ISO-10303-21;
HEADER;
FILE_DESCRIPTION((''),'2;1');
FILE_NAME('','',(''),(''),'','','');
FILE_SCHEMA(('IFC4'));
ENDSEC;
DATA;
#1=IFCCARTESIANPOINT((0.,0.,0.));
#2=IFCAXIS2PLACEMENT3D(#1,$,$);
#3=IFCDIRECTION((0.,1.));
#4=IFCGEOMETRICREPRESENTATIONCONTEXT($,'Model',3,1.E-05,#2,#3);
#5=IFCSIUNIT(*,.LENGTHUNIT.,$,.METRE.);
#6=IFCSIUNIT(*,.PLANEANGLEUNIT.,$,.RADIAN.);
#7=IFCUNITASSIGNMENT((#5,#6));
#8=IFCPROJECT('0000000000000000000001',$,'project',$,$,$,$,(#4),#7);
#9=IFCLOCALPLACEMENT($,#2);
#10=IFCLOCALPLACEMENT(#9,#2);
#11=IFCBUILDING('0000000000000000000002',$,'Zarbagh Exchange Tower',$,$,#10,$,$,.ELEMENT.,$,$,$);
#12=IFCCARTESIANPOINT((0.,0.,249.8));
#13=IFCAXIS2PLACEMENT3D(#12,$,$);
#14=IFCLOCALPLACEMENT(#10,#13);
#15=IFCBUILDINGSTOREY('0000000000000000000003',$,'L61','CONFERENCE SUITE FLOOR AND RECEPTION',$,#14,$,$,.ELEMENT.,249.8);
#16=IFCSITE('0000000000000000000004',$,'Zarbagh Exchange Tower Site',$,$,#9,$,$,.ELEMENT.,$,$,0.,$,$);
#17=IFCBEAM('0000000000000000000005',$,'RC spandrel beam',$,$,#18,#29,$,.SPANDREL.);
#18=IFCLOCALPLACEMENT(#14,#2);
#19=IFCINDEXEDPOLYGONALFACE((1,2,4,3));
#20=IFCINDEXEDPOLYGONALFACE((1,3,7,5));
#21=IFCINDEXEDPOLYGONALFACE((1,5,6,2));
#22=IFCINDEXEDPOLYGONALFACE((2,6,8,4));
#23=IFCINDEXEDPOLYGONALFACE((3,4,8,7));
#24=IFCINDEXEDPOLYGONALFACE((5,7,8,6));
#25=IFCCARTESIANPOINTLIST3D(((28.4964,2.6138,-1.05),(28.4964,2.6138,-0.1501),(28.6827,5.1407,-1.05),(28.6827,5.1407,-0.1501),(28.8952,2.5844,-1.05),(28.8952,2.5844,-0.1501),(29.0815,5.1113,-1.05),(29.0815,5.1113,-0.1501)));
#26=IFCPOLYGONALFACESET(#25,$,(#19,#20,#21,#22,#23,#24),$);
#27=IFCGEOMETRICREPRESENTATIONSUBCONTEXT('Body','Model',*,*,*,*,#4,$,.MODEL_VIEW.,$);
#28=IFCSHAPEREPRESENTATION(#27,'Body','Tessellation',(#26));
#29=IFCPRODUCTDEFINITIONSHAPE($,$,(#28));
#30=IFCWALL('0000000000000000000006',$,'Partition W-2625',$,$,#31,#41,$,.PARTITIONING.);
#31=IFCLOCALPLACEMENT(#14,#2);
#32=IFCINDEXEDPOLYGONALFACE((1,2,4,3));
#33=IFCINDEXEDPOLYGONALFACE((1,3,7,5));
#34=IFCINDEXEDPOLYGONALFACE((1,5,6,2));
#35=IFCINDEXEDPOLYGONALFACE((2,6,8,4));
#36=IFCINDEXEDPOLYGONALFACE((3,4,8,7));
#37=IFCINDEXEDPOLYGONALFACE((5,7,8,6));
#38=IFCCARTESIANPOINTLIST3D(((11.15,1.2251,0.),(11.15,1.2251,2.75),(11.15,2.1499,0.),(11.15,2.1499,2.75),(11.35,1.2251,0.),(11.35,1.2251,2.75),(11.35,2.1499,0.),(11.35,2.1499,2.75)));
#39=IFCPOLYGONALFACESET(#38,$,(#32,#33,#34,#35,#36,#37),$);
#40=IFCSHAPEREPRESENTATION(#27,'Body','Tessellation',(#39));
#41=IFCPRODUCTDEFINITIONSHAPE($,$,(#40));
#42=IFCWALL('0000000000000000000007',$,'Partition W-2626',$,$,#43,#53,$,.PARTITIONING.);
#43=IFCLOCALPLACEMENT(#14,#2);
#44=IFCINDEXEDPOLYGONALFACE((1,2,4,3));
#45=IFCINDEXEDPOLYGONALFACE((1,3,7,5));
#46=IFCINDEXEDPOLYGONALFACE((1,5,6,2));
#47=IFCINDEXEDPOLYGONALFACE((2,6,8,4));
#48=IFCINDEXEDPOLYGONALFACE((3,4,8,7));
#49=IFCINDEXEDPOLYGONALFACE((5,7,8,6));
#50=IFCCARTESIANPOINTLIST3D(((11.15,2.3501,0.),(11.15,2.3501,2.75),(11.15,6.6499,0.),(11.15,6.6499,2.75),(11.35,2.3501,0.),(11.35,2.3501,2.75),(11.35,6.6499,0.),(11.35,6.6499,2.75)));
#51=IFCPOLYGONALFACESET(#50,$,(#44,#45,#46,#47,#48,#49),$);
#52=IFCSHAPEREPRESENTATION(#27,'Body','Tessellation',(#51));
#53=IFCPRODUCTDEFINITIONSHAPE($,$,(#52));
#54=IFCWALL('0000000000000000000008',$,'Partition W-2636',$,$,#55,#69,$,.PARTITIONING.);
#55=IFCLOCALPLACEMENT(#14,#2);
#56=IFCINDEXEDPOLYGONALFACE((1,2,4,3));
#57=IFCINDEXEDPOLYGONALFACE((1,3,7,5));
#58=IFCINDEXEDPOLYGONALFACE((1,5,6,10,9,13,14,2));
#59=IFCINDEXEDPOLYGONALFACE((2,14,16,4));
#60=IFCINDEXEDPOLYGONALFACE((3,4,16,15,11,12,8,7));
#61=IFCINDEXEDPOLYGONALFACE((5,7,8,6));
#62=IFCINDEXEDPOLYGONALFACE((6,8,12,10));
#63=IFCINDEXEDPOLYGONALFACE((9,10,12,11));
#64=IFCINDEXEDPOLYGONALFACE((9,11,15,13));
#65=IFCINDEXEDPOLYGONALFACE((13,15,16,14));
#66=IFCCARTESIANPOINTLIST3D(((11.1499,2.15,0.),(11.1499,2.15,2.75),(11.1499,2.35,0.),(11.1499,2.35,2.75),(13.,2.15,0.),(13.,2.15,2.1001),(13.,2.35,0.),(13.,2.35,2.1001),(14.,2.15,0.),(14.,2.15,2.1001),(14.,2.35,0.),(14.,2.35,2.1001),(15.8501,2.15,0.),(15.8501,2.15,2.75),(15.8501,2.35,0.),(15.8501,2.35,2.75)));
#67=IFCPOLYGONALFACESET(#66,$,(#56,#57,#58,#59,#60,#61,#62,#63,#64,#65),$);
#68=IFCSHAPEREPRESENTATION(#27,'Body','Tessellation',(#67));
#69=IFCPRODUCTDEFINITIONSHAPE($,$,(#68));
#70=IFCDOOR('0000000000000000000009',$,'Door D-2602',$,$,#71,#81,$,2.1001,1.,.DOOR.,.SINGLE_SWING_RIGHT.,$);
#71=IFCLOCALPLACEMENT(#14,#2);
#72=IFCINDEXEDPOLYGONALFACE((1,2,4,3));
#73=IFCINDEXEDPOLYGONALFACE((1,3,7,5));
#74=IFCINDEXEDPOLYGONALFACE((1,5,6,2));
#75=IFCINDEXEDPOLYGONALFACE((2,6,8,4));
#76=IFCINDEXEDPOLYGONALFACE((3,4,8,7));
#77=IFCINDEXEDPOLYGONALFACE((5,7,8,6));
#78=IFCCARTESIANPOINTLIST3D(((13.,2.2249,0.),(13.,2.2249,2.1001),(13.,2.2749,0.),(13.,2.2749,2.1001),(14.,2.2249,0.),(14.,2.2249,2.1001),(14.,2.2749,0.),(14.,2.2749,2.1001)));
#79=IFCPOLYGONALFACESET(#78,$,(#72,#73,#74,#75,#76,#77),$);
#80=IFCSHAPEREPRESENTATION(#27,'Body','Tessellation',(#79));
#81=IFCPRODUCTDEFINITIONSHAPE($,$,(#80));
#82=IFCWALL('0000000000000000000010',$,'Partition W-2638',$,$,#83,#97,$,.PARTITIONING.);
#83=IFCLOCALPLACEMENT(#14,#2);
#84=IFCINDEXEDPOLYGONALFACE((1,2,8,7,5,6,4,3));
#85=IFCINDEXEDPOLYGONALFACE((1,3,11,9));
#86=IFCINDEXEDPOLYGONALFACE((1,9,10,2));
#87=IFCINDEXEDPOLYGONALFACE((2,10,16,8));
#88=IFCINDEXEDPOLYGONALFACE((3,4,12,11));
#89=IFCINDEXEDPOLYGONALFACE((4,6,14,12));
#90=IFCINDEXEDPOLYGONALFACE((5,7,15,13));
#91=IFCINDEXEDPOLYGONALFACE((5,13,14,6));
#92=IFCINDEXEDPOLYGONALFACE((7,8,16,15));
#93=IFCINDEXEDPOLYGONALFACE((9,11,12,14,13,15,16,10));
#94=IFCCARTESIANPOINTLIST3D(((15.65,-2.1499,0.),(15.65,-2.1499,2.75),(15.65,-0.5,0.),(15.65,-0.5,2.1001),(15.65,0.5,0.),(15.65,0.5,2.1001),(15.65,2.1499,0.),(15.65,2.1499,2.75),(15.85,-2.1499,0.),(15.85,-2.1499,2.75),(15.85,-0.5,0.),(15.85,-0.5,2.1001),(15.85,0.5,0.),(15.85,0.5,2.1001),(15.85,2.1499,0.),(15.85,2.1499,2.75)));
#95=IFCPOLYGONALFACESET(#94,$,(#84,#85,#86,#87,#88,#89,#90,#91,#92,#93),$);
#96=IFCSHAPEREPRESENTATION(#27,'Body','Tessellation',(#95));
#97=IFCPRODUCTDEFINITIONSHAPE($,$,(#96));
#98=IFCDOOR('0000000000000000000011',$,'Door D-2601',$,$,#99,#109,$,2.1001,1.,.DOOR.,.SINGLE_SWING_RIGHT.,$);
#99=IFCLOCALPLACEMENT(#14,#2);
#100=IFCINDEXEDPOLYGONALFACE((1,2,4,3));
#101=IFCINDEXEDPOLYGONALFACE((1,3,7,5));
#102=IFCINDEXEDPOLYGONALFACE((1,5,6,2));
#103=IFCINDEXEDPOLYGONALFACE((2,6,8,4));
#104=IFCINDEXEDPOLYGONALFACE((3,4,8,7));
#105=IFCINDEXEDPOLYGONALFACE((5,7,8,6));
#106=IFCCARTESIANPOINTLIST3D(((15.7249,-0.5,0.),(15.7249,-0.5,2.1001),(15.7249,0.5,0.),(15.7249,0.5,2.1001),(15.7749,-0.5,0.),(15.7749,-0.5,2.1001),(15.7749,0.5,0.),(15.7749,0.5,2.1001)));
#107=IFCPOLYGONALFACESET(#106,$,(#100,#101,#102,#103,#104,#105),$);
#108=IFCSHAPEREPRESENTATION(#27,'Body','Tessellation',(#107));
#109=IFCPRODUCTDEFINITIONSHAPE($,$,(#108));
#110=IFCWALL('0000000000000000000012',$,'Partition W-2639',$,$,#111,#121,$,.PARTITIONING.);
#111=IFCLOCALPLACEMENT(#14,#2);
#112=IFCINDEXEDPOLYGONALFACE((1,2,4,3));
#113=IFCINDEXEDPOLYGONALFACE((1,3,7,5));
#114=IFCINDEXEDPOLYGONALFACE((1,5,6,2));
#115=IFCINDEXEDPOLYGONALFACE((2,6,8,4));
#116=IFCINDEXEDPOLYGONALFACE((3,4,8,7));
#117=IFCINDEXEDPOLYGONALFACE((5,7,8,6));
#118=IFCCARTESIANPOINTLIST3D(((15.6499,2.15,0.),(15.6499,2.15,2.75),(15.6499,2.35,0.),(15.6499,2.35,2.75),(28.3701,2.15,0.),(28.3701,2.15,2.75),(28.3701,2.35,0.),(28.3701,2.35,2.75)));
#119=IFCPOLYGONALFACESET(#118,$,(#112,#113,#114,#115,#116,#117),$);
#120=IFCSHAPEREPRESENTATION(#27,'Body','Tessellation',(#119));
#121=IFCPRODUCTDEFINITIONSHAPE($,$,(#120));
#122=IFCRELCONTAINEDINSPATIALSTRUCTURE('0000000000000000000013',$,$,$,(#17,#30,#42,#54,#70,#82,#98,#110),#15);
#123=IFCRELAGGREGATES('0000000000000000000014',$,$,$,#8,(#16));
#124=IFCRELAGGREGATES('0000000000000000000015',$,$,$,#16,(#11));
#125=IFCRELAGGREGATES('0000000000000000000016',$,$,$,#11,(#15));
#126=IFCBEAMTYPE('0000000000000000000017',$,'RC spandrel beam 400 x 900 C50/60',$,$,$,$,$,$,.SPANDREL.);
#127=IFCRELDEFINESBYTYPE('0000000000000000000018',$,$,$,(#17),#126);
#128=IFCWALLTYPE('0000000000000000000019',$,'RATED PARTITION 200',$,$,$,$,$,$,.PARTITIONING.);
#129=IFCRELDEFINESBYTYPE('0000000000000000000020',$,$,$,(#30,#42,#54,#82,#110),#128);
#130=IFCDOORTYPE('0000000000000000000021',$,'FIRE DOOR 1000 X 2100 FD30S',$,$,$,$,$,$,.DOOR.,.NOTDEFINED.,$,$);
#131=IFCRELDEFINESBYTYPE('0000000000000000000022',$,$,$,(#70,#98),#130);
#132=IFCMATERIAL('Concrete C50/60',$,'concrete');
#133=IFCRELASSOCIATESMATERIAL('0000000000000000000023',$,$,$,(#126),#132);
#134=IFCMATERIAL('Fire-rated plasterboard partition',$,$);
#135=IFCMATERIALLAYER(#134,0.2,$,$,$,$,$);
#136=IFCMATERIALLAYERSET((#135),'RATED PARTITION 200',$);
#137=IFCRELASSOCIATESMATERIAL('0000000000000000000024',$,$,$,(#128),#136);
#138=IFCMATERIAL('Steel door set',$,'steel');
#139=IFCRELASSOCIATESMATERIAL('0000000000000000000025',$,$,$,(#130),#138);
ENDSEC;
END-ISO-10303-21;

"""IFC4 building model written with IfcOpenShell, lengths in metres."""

from ifc_helpers import new_model, si_unit, direction, frame, frame_2d, origin, origin_2d, place, context, subcontext, project, spatial, rectangle, extrude, material, layer, layer_set, material_profile, profile_set, type_object, element, fill, save


model = new_model("IFC4")

# Units and contexts
model_context = context("Model", 3, precision=1e-05, world=origin(), true_north=direction((0.0, 1.0)))
body_context = subcontext(model_context, "Body", "Model", "MODEL_VIEW")
ifc_project = project(units=[si_unit("LENGTHUNIT", "METRE"), si_unit("PLANEANGLEUNIT", "RADIAN")], contexts=[model_context])

# Site, building, storey
site_placement = place(None, origin())
site = spatial("IfcSite", under=ifc_project, at=site_placement, Name="Zarbagh Exchange Tower Site", CompositionType="ELEMENT", RefElevation=0.0)
building_placement = place(site_placement, origin())
building = spatial("IfcBuilding", under=site, at=building_placement, Name="Zarbagh Exchange Tower", CompositionType="ELEMENT")
storey_placement = place(building_placement, frame((0.0, 0.0, 249.8)))
storey = spatial("IfcBuildingStorey", under=building, at=storey_placement, Name="L61", Description="CONFERENCE SUITE FLOOR AND RECEPTION", CompositionType="ELEMENT", Elevation=249.8)

# Beam
ifc_material_1 = material(Name="Concrete C50/60", Category="concrete")
ifc_material_profile_1 = material_profile(ifc_material_1, rectangle(XDim=0.3999, YDim=0.8999, at=origin_2d()), Name="RC spandrel beam 400 x 900 C50/60")
ifc_profile_set_1 = profile_set([ifc_material_profile_1], Name="Concrete C50/60")
beam_type_1 = type_object("IfcBeamType", Name="RC spandrel beam 400 x 900 C50/60", PredefinedType="SPANDREL", material=ifc_profile_set_1)
beam_1_placement = place(storey_placement, frame((28.8821, 5.126, -0.6001), z_axis=(-0.07352, -0.997294, 0.0), x_axis=(0.997294, -0.07352, 0.0)))
element("IfcBeam", 1, at=beam_1_placement, inside=storey, type_object=beam_type_1, Name="RC spandrel beam", PredefinedType="SPANDREL", context=body_context, shape_type="SweptSolid", body=[
    extrude(rectangle(XDim=0.3999, YDim=0.8999, at=origin_2d()), origin(), (0.0, 0.0, 1.0), 2.5337),
])

# Walls
ifc_material_2 = material(Name="Fire-rated plasterboard partition")
ifc_layer = layer(ifc_material_2, 0.2)
ifc_layer_set = layer_set([ifc_layer], Name="RATED PARTITION 200")
wall_type = type_object("IfcWallType", Name="RATED PARTITION 200", PredefinedType="PARTITIONING", material=ifc_layer_set)
wall_1_placement = place(storey_placement, frame((11.25, 1.2251, 0.0), z_axis=(0.0, 0.0, 1.0), x_axis=(0.0, 1.0, 0.0)))
element("IfcWall", 2, at=wall_1_placement, inside=storey, type_object=wall_type, Name="Partition W-2625", PredefinedType="PARTITIONING", context=body_context, shape_type="SweptSolid", body=[
    extrude(rectangle(XDim=0.9248, YDim=0.2, at=frame_2d((0.4624, 0.0))), origin(), (0.0, 0.0, 1.0), 2.75),
])
wall_2_placement = place(storey_placement, frame((11.25, 2.3501, 0.0), z_axis=(0.0, 0.0, 1.0), x_axis=(0.0, 1.0, 0.0)))
element("IfcWall", 3, at=wall_2_placement, inside=storey, type_object=wall_type, Name="Partition W-2626", PredefinedType="PARTITIONING", context=body_context, shape_type="SweptSolid", body=[
    extrude(rectangle(XDim=4.2998, YDim=0.2, at=frame_2d((2.1499, 0.0))), origin(), (0.0, 0.0, 1.0), 2.75),
])

# Walls, openings, doors
wall_3_placement = place(storey_placement, frame((11.1499, 2.25, 0.0), z_axis=(0.0, 0.0, 1.0), x_axis=(1.0, 0.0, 0.0)))
wall_3 = element("IfcWall", 4, at=wall_3_placement, inside=storey, type_object=wall_type, Name="Partition W-2636", PredefinedType="PARTITIONING", context=body_context, shape_type="SweptSolid", body=[
    extrude(rectangle(XDim=4.7002, YDim=0.2, at=frame_2d((2.3501, 0.0))), origin(), (0.0, 0.0, 1.0), 2.75),
])
opening_1_placement = place(wall_3_placement, frame((1.8501, 0.0, 0.0)))
opening_1 = element("IfcOpeningElement", 5, at=opening_1_placement, cuts=wall_3, PredefinedType="OPENING", context=body_context, shape_type="SweptSolid", body=[
    extrude(rectangle(XDim=1.0, YDim=2.1001, at=frame_2d((0.5, 1.05))), frame((0.0, 0.1099, 0.0), z_axis=(0.0, -1.0, 0.0), x_axis=(1.0, 0.0, 0.0)), (0.0, 0.0, 1.0), 0.22),
])
ifc_material_3 = material(Name="Steel door set", Category="steel")
door_type = type_object("IfcDoorType", Name="FIRE DOOR 1000 X 2100 FD30S", OperationType="NOTDEFINED", PredefinedType="DOOR", material=ifc_material_3)
door_1_placement = place(opening_1_placement, origin())
door_1 = element("IfcDoor", 6, at=door_1_placement, inside=storey, type_object=door_type, Name="Door D-2602", OperationType="SINGLE_SWING_RIGHT", OverallHeight=2.1001, OverallWidth=1.0, PredefinedType="DOOR", context=body_context, shape_type="SweptSolid", body=[
    extrude(rectangle(XDim=1.0, YDim=2.1001, at=frame_2d((0.5, 1.05))), frame((0.0, 0.0249, 0.0), z_axis=(0.0, -1.0, 0.0), x_axis=(1.0, 0.0, 0.0)), (0.0, 0.0, 1.0), 0.05),
])
fill(opening_1, door_1)
wall_4_placement = place(storey_placement, frame((15.75, 2.1499, 0.0), z_axis=(0.0, 0.0, 1.0), x_axis=(0.0, -1.0, 0.0)))
wall_4 = element("IfcWall", 7, at=wall_4_placement, inside=storey, type_object=wall_type, Name="Partition W-2638", PredefinedType="PARTITIONING", context=body_context, shape_type="SweptSolid", body=[
    extrude(rectangle(XDim=4.2998, YDim=0.2, at=frame_2d((2.1499, 0.0))), origin(), (0.0, 0.0, 1.0), 2.75),
])
opening_2_placement = place(wall_4_placement, frame((1.6499, 0.0, 0.0)))
opening_2 = element("IfcOpeningElement", 8, at=opening_2_placement, cuts=wall_4, PredefinedType="OPENING", context=body_context, shape_type="SweptSolid", body=[
    extrude(rectangle(XDim=1.0, YDim=2.1001, at=frame_2d((0.5, 1.05))), frame((0.0, 0.1099, 0.0), z_axis=(0.0, -1.0, 0.0), x_axis=(1.0, 0.0, 0.0)), (0.0, 0.0, 1.0), 0.22),
])
door_2_placement = place(opening_2_placement, origin())
door_2 = element("IfcDoor", 9, at=door_2_placement, inside=storey, type_object=door_type, Name="Door D-2601", OperationType="SINGLE_SWING_RIGHT", OverallHeight=2.1001, OverallWidth=1.0, PredefinedType="DOOR", context=body_context, shape_type="SweptSolid", body=[
    extrude(rectangle(XDim=1.0, YDim=2.1001, at=frame_2d((0.5, 1.05))), frame((0.0, 0.0249, 0.0), z_axis=(0.0, -1.0, 0.0), x_axis=(1.0, 0.0, 0.0)), (0.0, 0.0, 1.0), 0.05),
])
fill(opening_2, door_2)

# Wall
wall_5_placement = place(storey_placement, frame((15.6499, 2.25, 0.0), z_axis=(0.0, 0.0, 1.0), x_axis=(1.0, 0.0, 0.0)))
element("IfcWall", 10, at=wall_5_placement, inside=storey, type_object=wall_type, Name="Partition W-2639", PredefinedType="PARTITIONING", context=body_context, shape_type="SweptSolid", body=[
    extrude(rectangle(XDim=12.7202, YDim=0.2, at=frame_2d((6.3601, 0.0))), origin(), (0.0, 0.0, 1.0), 2.75),
])

save(model, "model.ifc")
